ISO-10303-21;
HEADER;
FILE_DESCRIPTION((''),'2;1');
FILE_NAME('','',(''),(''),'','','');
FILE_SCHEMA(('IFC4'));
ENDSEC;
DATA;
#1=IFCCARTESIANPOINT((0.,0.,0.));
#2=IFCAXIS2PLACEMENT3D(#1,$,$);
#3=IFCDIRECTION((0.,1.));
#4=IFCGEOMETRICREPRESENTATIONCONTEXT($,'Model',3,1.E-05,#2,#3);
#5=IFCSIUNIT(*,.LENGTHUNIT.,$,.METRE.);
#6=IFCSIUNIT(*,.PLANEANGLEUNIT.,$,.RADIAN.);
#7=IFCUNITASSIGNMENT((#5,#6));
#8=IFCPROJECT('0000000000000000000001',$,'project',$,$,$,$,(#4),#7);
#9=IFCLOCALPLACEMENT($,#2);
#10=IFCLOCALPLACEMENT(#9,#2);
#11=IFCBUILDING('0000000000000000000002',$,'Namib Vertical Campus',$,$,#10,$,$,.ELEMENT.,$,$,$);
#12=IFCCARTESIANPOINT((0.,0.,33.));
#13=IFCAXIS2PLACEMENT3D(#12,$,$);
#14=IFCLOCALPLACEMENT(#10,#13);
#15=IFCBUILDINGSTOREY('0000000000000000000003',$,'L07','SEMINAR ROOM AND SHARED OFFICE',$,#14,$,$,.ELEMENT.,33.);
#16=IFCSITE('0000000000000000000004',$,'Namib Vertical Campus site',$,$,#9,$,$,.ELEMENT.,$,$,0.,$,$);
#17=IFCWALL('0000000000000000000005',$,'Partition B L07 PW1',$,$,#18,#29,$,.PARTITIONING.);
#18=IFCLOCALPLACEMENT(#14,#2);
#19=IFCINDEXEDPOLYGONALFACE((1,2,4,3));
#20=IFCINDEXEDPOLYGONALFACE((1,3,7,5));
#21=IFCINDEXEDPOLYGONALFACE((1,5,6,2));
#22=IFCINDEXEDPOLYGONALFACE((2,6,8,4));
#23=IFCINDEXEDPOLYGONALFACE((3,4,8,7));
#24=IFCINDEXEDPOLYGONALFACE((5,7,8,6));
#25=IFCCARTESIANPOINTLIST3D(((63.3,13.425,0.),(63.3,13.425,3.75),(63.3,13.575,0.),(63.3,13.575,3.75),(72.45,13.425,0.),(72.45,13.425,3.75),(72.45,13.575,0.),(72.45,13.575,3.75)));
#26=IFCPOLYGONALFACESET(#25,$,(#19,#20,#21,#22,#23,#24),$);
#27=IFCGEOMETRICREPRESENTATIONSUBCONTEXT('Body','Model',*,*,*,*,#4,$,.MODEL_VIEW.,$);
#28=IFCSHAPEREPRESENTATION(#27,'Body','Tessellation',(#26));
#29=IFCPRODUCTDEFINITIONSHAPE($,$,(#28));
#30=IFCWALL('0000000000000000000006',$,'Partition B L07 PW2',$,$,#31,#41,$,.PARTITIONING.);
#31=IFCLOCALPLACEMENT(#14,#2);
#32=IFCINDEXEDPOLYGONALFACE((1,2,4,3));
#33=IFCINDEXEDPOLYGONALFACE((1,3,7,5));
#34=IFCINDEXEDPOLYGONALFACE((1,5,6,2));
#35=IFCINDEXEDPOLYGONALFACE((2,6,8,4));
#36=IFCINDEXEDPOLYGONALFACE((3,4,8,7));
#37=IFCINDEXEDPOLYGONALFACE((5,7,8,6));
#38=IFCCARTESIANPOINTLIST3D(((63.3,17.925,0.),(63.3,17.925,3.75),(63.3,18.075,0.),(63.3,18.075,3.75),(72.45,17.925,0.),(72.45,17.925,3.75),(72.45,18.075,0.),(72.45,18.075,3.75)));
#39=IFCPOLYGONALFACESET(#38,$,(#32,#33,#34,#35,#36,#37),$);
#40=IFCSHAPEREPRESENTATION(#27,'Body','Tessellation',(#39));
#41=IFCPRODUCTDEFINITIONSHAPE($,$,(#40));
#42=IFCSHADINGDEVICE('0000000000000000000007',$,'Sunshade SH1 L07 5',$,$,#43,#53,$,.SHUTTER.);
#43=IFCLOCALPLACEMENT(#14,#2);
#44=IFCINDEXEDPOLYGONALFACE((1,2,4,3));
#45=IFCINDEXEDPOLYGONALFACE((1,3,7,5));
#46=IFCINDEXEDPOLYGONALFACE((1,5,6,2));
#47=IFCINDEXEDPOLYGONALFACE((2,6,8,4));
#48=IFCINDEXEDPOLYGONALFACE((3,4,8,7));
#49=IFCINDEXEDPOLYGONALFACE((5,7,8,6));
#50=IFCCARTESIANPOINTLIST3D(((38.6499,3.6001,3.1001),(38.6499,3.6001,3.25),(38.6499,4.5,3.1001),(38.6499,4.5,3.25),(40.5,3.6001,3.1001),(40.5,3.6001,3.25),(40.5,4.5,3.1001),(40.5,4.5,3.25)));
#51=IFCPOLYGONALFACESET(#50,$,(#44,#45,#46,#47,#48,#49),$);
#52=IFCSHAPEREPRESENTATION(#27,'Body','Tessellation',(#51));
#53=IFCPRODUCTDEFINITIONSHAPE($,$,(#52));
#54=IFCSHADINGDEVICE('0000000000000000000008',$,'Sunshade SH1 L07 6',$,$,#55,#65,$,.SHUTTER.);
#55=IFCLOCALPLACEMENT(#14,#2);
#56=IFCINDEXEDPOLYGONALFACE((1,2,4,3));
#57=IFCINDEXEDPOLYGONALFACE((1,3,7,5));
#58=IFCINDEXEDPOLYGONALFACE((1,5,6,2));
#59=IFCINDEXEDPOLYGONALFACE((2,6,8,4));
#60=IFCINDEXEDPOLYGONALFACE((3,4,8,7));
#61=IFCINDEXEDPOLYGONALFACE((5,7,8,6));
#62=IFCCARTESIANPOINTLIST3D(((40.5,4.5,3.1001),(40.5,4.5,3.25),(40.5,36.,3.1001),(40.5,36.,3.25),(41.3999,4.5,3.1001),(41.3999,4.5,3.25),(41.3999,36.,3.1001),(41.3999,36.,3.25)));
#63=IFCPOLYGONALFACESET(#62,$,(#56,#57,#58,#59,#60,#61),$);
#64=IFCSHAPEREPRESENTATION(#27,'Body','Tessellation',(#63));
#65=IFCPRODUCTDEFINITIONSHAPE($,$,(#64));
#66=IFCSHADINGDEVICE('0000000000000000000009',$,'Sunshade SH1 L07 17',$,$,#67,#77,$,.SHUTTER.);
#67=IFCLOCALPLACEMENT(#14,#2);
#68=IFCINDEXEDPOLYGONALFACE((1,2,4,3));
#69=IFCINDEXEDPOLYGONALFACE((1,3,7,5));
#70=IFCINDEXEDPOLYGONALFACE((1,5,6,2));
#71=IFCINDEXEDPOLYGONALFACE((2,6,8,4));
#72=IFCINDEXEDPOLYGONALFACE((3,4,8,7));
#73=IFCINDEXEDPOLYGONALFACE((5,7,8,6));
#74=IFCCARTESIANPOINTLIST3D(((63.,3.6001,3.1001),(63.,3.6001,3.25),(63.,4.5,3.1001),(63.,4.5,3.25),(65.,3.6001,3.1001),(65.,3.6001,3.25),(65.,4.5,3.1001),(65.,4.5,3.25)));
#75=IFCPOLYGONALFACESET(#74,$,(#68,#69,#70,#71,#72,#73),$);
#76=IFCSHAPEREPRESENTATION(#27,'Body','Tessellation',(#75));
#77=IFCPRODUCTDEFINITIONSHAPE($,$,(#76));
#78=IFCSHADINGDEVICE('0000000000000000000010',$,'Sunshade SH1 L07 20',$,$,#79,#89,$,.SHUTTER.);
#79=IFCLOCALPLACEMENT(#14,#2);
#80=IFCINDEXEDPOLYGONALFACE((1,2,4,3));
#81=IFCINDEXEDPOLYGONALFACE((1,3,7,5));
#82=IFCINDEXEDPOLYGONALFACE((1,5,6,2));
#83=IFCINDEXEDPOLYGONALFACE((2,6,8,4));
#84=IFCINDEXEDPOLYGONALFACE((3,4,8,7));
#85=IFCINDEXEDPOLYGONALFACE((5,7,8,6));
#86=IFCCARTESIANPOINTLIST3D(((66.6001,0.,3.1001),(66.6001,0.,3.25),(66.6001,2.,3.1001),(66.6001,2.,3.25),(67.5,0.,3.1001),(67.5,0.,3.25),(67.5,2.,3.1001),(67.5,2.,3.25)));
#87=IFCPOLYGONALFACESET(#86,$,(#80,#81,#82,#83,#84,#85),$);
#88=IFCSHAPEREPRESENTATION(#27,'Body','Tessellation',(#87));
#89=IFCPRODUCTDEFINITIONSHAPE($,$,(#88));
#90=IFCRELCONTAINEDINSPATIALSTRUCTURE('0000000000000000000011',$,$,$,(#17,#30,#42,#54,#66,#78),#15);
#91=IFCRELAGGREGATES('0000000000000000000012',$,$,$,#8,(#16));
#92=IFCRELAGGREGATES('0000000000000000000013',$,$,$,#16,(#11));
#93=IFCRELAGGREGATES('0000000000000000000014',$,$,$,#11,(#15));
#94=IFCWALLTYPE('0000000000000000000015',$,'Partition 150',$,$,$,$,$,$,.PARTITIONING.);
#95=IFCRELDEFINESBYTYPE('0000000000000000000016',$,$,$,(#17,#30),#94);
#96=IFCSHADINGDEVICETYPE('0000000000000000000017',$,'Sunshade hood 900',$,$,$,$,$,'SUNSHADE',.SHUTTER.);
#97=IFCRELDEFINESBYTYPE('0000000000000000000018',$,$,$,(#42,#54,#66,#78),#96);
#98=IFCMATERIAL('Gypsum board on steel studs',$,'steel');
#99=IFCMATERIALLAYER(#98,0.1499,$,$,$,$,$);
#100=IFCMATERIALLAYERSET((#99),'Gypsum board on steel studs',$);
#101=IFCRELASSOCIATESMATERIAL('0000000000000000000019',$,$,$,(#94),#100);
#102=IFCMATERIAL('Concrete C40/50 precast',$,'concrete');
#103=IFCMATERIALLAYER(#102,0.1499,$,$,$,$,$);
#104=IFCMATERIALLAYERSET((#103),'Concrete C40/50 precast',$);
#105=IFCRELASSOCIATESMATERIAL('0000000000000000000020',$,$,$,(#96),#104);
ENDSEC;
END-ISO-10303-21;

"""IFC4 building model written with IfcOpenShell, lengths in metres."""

from ifc_helpers import new_model, si_unit, direction, frame, frame_2d, origin, origin_2d, place, context, subcontext, project, spatial, rectangle, extrude, material, layer, layer_set, type_object, element, save


model = new_model("IFC4")

# Units and contexts
model_context = context("Model", 3, precision=1e-05, world=origin(), true_north=direction((0.0, 1.0)))
body_context = subcontext(model_context, "Body", "Model", "MODEL_VIEW")
ifc_project = project(units=[si_unit("LENGTHUNIT", "METRE"), si_unit("PLANEANGLEUNIT", "RADIAN")], contexts=[model_context])

# Site, building, storey
site_placement = place(None, origin())
site = spatial("IfcSite", under=ifc_project, at=site_placement, Name="Namib Vertical Campus site", CompositionType="ELEMENT", RefElevation=0.0)
building_placement = place(site_placement, origin())
building = spatial("IfcBuilding", under=site, at=building_placement, Name="Namib Vertical Campus", CompositionType="ELEMENT")
storey_placement = place(building_placement, frame((0.0, 0.0, 33.0)))
storey = spatial("IfcBuildingStorey", under=building, at=storey_placement, Name="L07", Description="SEMINAR ROOM AND SHARED OFFICE", CompositionType="ELEMENT", Elevation=33.0)

# Walls
ifc_material_1 = material(Name="Gypsum board on steel studs", Category="steel")
ifc_layer_1 = layer(ifc_material_1, 0.1499)
ifc_layer_set_1 = layer_set([ifc_layer_1], Name="Gypsum board on steel studs")
wall_type_1 = type_object("IfcWallType", Name="Partition 150", PredefinedType="PARTITIONING", material=ifc_layer_set_1)
for number, where, z_axis, x_axis, name in (
    (1, (63.3, 13.5, 0.0), (0.0, 0.0, 1.0), (1.0, 0.0, 0.0), "Partition B L07 PW1"),
    (2, (63.3, 18.0, 0.0), (0.0, 0.0, 1.0), (1.0, 0.0, 0.0), "Partition B L07 PW2"),
):
    element("IfcWall", number, at=place(storey_placement, frame(where, z_axis=z_axis, x_axis=x_axis)), inside=storey, type_object=wall_type_1, Name=name, PredefinedType="PARTITIONING", context=body_context, shape_type="SweptSolid", body=[
        extrude(rectangle(XDim=9.1499, YDim=0.1499, at=frame_2d((4.575, 0.0))), origin(), (0.0, 0.0, 1.0), 3.75),
    ])

# Shading devices
ifc_material_2 = material(Name="Concrete C40/50 precast", Category="concrete")
ifc_layer_2 = layer(ifc_material_2, 0.1499)
ifc_layer_set_2 = layer_set([ifc_layer_2], Name="Concrete C40/50 precast")
shading_device_type = type_object("IfcShadingDeviceType", Name="Sunshade hood 900", ElementType="SUNSHADE", PredefinedType="SHUTTER", material=ifc_layer_set_2)
shading_device_1_placement = place(storey_placement, frame((39.575, 4.05, 3.1001), z_axis=(0.0, 0.0, 1.0), x_axis=(1.0, 0.0, 0.0)))
element("IfcShadingDevice", 3, at=shading_device_1_placement, inside=storey, type_object=shading_device_type, Name="Sunshade SH1 L07 5", PredefinedType="SHUTTER", context=body_context, shape_type="SweptSolid", body=[
    extrude(rectangle(XDim=1.8501, YDim=0.8999, at=origin_2d()), origin(), (0.0, 0.0, 1.0), 0.1499),
])
shading_device_2_placement = place(storey_placement, frame((40.95, 20.25, 3.1001), z_axis=(0.0, 0.0, 1.0), x_axis=(0.0, 1.0, 0.0)))
element("IfcShadingDevice", 4, at=shading_device_2_placement, inside=storey, type_object=shading_device_type, Name="Sunshade SH1 L07 6", PredefinedType="SHUTTER", context=body_context, shape_type="SweptSolid", body=[
    extrude(rectangle(XDim=31.5, YDim=0.8999, at=origin_2d()), origin(), (0.0, 0.0, 1.0), 0.1499),
])
for number, where, z_axis, x_axis, name in (
    (5, (64.0, 4.05, 3.1001), (0.0, 0.0, 1.0), (1.0, 0.0, 0.0), "Sunshade SH1 L07 17"),
    (6, (67.05, 1.0, 3.1001), (0.0, 0.0, 1.0), (0.0, -1.0, 0.0), "Sunshade SH1 L07 20"),
):
    element("IfcShadingDevice", number, at=place(storey_placement, frame(where, z_axis=z_axis, x_axis=x_axis)), inside=storey, type_object=shading_device_type, Name=name, PredefinedType="SHUTTER", context=body_context, shape_type="SweptSolid", body=[
        extrude(rectangle(XDim=2.0, YDim=0.8999, at=origin_2d()), origin(), (0.0, 0.0, 1.0), 0.1499),
    ])

save(model, "model.ifc")
